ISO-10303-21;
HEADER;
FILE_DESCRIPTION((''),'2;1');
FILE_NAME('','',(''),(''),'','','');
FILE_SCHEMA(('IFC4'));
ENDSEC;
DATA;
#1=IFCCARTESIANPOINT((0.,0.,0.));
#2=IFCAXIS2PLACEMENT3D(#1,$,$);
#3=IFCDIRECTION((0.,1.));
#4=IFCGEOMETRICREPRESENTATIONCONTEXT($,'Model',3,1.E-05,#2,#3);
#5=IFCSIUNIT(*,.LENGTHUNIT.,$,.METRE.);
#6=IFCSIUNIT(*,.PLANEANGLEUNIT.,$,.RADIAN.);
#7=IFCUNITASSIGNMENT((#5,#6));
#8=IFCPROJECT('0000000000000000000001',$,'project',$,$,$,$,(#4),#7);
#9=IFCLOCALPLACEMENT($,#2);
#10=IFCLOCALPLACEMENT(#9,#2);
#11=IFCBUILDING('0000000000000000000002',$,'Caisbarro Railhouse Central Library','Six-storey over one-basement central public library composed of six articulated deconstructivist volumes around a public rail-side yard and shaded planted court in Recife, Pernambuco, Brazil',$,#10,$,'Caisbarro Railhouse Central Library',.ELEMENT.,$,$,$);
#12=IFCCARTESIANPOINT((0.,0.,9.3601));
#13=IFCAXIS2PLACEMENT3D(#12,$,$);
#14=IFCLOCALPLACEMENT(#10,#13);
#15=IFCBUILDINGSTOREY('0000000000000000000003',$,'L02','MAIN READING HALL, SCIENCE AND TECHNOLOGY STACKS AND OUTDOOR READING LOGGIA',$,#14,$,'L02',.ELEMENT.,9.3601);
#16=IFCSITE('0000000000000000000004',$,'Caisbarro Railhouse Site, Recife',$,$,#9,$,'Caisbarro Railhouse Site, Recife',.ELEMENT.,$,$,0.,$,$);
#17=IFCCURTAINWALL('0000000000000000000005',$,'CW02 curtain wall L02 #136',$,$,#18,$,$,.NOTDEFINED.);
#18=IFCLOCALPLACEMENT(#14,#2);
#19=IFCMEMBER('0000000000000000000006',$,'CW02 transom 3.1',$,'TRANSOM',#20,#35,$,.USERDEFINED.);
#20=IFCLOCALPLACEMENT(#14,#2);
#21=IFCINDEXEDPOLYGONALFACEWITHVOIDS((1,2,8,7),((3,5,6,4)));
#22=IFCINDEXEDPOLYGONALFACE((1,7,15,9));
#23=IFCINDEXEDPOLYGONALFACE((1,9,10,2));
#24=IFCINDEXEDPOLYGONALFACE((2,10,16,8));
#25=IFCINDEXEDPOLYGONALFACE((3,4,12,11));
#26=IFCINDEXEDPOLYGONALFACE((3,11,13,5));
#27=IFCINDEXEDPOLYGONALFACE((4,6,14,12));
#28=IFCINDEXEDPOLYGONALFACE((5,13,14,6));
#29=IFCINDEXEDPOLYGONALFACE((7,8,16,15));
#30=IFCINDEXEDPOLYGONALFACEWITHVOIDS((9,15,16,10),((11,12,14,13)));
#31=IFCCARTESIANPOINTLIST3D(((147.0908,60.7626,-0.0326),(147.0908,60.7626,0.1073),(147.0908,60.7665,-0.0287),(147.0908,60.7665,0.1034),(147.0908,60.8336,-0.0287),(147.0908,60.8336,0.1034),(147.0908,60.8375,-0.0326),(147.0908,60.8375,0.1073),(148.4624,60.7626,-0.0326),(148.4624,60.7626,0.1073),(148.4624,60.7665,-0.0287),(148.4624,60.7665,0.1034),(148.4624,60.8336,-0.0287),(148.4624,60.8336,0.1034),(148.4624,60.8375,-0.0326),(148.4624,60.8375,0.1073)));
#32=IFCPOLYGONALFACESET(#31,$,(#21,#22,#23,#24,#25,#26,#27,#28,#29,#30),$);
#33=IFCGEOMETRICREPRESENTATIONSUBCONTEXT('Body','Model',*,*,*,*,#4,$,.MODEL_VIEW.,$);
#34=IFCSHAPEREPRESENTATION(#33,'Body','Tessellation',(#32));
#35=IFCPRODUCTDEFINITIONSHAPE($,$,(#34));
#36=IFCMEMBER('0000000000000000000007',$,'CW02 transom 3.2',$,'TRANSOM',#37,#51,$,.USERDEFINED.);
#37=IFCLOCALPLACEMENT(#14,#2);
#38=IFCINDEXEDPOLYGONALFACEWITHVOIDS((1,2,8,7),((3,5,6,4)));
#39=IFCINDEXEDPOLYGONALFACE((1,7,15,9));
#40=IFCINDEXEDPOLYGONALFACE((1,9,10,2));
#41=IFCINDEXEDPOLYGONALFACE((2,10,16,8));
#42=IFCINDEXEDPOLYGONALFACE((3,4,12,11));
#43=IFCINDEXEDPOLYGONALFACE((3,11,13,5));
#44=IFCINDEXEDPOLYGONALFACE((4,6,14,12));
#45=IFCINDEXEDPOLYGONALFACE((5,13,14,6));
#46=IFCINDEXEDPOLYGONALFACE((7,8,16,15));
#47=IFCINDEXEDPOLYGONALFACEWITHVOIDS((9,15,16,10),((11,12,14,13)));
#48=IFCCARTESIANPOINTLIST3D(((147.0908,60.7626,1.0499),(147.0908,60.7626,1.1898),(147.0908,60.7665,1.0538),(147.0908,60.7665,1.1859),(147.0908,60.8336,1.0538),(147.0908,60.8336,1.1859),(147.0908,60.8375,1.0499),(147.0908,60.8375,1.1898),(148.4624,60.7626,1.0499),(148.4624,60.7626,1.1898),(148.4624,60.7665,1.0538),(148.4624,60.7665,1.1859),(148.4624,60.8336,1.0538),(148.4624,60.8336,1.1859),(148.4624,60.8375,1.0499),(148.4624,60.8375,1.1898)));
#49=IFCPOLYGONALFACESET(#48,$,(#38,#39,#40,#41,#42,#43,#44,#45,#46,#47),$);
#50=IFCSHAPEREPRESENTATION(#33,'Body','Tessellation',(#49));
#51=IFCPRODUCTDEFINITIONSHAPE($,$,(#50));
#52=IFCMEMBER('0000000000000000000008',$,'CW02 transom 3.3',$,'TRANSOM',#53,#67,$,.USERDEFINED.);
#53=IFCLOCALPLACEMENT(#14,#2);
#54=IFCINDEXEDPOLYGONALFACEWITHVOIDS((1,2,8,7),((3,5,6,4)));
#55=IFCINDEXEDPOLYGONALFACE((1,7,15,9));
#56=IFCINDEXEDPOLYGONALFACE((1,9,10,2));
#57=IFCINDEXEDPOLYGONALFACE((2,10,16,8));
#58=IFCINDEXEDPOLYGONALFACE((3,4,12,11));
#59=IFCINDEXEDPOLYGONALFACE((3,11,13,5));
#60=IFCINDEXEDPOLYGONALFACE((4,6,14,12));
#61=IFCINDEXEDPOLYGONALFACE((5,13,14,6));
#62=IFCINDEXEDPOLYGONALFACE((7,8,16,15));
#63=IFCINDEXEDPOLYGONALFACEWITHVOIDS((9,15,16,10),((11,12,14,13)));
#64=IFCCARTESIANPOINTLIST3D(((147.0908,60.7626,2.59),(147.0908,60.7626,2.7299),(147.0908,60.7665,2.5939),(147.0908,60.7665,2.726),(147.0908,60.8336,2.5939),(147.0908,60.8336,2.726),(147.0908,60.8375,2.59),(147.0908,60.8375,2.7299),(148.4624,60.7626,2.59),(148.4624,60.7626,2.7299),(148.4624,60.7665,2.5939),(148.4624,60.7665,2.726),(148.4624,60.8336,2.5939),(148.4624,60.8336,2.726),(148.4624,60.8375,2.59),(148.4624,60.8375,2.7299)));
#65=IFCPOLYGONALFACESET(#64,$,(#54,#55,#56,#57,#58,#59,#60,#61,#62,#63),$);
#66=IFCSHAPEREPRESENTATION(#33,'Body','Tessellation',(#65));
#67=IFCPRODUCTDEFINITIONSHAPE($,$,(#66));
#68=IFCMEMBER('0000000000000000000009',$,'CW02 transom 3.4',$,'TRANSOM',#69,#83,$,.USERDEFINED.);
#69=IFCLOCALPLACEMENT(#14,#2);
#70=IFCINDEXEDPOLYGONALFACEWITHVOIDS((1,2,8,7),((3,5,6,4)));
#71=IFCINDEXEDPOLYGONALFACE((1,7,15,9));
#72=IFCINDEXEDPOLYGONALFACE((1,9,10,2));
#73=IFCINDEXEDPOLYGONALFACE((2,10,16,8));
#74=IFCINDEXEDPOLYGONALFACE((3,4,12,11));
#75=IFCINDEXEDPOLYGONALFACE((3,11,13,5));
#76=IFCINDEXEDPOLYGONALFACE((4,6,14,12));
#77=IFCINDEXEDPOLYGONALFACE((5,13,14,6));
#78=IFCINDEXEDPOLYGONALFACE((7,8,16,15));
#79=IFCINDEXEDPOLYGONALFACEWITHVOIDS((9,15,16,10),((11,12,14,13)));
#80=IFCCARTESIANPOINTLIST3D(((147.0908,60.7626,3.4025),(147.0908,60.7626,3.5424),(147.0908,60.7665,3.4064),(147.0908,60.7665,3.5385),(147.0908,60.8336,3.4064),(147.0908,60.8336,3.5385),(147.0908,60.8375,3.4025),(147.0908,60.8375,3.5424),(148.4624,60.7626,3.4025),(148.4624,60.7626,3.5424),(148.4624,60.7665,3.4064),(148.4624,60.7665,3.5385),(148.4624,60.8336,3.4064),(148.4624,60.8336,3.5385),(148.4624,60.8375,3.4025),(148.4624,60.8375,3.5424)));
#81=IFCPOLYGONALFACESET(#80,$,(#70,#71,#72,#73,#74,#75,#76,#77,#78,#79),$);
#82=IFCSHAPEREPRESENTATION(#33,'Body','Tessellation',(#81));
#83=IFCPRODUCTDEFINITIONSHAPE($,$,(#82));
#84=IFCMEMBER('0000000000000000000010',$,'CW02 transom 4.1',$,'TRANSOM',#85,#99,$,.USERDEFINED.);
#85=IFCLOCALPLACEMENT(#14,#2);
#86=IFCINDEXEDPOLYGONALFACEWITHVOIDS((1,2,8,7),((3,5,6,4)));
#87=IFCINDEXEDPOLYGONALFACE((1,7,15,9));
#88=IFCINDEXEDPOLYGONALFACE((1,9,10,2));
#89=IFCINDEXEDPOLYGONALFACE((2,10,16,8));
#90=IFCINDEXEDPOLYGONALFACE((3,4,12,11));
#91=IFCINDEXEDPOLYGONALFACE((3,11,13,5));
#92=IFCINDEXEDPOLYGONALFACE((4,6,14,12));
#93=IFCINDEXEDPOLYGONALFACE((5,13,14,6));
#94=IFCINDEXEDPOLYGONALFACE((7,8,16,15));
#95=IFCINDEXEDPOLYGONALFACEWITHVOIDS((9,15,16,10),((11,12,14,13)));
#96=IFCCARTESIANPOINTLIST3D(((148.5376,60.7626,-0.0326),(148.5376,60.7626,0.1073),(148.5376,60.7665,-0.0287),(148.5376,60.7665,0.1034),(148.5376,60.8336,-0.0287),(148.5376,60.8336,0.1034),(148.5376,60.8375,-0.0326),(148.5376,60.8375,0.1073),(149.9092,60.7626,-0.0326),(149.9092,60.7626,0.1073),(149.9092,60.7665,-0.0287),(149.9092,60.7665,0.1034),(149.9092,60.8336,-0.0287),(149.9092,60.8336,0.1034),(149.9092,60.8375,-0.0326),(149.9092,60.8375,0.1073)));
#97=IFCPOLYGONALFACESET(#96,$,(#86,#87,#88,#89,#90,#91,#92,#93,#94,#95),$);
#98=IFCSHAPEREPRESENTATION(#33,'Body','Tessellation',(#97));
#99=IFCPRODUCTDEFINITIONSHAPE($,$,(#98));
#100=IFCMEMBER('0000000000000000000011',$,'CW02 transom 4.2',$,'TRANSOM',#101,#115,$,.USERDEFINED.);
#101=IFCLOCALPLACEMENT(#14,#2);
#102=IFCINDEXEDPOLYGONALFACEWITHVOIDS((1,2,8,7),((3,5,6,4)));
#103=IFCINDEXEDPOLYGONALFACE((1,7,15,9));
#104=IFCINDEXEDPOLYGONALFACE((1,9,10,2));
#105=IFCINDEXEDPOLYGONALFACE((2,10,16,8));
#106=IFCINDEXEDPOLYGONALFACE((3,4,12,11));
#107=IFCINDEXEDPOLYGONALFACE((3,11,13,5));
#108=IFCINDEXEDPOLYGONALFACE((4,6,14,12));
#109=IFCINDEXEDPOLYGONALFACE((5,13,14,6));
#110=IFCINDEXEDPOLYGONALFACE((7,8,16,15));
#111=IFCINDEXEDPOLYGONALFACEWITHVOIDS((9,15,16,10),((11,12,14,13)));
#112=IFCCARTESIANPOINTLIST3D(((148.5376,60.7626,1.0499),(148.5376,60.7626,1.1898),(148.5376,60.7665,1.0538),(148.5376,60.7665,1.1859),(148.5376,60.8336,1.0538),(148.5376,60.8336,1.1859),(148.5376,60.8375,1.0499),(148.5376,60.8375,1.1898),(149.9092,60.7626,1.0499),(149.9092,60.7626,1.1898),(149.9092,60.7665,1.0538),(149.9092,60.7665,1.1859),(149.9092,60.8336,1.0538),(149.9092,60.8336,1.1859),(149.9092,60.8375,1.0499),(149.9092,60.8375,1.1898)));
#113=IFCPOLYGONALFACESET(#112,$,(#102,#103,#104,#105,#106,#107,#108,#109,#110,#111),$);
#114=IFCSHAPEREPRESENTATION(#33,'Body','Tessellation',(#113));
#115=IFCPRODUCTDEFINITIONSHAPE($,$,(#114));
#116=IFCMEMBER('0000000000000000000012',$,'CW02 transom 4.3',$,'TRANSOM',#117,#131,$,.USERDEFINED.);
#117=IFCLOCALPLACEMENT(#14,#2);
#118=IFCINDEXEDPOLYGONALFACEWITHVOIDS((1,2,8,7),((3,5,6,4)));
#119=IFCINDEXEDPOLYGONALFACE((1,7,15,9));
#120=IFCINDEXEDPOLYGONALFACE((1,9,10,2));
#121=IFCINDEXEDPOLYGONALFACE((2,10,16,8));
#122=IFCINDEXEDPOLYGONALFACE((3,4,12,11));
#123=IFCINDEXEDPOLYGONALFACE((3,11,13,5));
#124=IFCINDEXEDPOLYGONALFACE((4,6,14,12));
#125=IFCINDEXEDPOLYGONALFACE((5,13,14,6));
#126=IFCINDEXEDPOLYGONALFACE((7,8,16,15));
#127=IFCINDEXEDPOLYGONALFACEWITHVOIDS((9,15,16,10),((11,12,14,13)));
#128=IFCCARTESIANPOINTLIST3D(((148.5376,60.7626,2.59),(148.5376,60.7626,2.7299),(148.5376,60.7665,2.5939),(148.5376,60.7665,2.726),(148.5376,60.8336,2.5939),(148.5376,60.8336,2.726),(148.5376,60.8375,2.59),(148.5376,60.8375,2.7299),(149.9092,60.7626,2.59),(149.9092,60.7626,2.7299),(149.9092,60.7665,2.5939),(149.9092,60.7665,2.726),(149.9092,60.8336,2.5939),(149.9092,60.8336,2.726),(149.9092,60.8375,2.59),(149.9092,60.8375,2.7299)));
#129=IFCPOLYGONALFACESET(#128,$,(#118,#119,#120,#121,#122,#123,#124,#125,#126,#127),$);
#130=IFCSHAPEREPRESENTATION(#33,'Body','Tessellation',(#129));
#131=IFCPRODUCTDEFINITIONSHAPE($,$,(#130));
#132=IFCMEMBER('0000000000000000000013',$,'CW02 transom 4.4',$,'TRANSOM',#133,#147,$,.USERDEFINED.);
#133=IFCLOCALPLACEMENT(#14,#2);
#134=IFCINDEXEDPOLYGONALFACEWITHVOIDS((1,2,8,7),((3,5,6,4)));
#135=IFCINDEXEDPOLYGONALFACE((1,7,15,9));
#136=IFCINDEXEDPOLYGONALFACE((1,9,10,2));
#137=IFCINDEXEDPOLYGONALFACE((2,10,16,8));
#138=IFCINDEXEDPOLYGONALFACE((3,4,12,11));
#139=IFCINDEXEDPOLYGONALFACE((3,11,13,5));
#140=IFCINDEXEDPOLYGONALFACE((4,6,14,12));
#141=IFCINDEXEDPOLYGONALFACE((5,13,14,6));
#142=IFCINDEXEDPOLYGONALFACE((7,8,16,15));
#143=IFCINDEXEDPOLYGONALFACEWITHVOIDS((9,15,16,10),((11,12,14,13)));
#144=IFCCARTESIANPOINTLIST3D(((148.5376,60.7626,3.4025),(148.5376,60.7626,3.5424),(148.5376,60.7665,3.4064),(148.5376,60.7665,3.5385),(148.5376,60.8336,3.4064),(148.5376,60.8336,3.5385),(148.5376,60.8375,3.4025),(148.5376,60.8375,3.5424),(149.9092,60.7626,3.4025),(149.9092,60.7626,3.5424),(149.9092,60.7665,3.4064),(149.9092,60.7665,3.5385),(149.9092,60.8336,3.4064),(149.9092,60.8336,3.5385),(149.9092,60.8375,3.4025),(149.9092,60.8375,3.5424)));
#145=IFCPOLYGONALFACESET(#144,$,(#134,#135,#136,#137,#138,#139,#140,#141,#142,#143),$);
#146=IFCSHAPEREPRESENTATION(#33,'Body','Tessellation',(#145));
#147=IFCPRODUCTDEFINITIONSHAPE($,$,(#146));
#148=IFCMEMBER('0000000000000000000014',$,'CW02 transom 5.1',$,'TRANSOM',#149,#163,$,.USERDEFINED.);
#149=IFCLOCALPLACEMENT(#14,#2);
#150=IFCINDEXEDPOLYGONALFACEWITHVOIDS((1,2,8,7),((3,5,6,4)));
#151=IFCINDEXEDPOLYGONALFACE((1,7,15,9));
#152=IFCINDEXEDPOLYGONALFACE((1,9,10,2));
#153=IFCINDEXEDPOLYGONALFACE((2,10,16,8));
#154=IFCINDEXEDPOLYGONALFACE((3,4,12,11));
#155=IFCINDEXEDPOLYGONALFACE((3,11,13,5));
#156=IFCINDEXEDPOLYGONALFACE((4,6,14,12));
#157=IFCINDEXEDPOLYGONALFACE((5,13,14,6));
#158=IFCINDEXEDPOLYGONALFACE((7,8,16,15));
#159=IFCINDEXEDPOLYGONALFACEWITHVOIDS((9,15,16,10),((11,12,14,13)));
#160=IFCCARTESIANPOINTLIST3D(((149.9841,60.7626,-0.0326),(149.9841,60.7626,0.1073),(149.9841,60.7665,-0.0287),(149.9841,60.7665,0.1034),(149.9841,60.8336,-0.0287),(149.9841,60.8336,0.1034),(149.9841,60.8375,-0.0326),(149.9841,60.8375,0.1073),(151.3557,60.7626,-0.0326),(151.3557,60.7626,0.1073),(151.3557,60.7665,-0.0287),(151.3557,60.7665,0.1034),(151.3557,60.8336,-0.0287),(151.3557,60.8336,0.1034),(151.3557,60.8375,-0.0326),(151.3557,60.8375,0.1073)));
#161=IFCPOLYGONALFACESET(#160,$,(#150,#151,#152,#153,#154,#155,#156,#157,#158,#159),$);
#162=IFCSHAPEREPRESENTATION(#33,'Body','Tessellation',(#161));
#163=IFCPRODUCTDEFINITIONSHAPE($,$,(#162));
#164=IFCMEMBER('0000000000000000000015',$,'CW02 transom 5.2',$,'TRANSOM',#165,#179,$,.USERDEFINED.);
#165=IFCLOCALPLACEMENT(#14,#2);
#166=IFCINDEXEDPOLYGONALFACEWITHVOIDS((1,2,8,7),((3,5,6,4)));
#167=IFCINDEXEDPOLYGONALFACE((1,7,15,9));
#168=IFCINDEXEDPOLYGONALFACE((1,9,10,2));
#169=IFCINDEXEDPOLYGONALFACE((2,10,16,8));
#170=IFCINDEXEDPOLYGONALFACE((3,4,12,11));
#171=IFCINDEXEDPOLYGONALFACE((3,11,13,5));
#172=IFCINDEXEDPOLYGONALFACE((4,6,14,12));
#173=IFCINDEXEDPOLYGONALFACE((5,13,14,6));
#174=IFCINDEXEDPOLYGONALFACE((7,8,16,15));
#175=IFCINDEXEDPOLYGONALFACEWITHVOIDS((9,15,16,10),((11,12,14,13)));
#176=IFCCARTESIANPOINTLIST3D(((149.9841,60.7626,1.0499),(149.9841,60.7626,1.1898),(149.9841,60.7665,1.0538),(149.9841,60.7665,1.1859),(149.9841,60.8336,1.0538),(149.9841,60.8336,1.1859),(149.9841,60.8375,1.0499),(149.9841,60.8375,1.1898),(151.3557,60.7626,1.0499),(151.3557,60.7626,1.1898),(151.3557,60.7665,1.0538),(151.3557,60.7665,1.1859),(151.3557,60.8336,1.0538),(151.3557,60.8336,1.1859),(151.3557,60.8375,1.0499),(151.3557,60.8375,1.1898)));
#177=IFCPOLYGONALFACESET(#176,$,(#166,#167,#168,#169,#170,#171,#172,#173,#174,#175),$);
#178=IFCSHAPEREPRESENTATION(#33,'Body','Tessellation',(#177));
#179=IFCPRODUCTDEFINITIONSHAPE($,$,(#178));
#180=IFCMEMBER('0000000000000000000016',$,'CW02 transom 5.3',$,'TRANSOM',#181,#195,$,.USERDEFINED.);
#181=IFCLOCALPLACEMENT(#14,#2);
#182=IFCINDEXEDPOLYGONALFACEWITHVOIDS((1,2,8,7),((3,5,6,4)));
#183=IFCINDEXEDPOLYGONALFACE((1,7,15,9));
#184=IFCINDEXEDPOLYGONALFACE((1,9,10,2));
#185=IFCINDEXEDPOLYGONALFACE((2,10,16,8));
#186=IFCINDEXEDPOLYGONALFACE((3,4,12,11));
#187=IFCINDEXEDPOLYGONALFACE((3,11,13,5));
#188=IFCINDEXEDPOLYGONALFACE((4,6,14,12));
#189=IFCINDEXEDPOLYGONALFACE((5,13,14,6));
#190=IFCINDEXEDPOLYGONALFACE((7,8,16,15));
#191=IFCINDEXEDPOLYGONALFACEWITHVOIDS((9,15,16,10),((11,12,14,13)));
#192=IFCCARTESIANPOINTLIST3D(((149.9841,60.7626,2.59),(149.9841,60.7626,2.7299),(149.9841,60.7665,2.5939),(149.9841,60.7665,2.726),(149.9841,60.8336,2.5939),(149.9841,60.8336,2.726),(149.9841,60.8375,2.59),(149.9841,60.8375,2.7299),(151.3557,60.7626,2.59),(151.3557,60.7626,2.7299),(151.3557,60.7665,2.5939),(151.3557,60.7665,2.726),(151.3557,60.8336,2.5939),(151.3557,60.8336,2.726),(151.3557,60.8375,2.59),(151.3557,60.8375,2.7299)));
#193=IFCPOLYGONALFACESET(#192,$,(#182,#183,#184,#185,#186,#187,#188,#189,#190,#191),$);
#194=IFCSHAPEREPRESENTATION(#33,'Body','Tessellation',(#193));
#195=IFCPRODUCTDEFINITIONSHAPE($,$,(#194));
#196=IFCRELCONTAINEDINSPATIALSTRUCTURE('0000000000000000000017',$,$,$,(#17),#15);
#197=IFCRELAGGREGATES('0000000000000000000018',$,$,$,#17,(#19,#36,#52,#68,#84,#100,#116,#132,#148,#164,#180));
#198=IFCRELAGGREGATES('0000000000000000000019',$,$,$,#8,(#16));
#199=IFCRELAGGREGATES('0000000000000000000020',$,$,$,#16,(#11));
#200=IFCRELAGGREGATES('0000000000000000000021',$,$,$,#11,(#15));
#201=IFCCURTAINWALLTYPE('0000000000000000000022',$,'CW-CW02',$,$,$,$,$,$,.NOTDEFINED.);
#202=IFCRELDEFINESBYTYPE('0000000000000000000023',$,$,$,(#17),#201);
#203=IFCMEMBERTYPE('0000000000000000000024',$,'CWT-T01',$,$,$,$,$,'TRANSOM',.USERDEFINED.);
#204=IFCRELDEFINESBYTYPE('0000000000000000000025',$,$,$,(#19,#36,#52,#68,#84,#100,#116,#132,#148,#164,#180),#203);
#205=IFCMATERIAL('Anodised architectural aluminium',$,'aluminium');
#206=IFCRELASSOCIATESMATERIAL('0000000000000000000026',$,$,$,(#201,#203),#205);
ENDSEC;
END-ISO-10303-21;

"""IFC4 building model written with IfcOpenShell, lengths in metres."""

from ifc_helpers import new_model, si_unit, direction, frame, origin, origin_2d, place, context, subcontext, project, spatial, hollow_rectangle, extrude, material, material_profile, profile_set, type_object, element, aggregate, save


model = new_model("IFC4")

# Units and contexts
model_context = context("Model", 3, precision=1e-05, world=origin(), true_north=direction((0.0, 1.0)))
body_context = subcontext(model_context, "Body", "Model", "MODEL_VIEW")
ifc_project = project(units=[si_unit("LENGTHUNIT", "METRE"), si_unit("PLANEANGLEUNIT", "RADIAN")], contexts=[model_context])

# Site, building, storey
site_placement = place(None, origin())
site = spatial("IfcSite", under=ifc_project, at=site_placement, Name="Caisbarro Railhouse Site, Recife", LongName="Caisbarro Railhouse Site, Recife", CompositionType="ELEMENT", RefElevation=0.0)
building_placement = place(site_placement, origin())
building = spatial("IfcBuilding", under=site, at=building_placement, Name="Caisbarro Railhouse Central Library", Description="Six-storey over one-basement central public library composed of six articulated deconstructivist volumes around a public rail-side yard and shaded planted court in Recife, Pernambuco, Brazil", LongName="Caisbarro Railhouse Central Library", CompositionType="ELEMENT")
storey_placement = place(building_placement, frame((0.0, 0.0, 9.3601)))
storey = spatial("IfcBuildingStorey", under=building, at=storey_placement, Name="L02", Description="MAIN READING HALL, SCIENCE AND TECHNOLOGY STACKS AND OUTDOOR READING LOGGIA", LongName="L02", CompositionType="ELEMENT", Elevation=9.3601)

# Curtain wall, members
ifc_material_1 = material(Name="Anodised architectural aluminium", Category="aluminium")
curtain_wall_type = type_object("IfcCurtainWallType", Name="CW-CW02", PredefinedType="NOTDEFINED", material=ifc_material_1)
curtain_wall_placement = place(storey_placement, origin())
curtain_wall = element("IfcCurtainWall", 1, at=curtain_wall_placement, inside=storey, type_object=curtain_wall_type, Name="CW02 curtain wall L02 #136", PredefinedType="NOTDEFINED")
ifc_material_profile_1 = material_profile(ifc_material_1, hollow_rectangle(XDim=0.075, YDim=0.1399, WallThickness=0.0039, at=origin_2d()), Name="ALU-TRN-75X140")
ifc_profile_set_1 = profile_set([ifc_material_profile_1], Name="Anodised architectural aluminium")
member_type_1 = type_object("IfcMemberType", Name="CWT-T01", ElementType="TRANSOM", PredefinedType="USERDEFINED", material=ifc_profile_set_1)
member_1_placement = place(storey_placement, frame((147.0908, 60.8, 0.0374), z_axis=(1.0, 0.0, 0.0), x_axis=(0.0, 1.0, 0.0)))
member_1 = element("IfcMember", 2, at=member_1_placement, type_object=member_type_1, Name="CW02 transom 3.1", ObjectType="TRANSOM", PredefinedType="USERDEFINED", context=body_context, shape_type="SweptSolid", body=[
    extrude(hollow_rectangle(XDim=0.075, YDim=0.1399, WallThickness=0.0039, at=origin_2d()), origin(), (0.0, 0.0, 1.0), 1.3716),
])
member_2_placement = place(storey_placement, frame((147.0908, 60.8, 1.1199), z_axis=(1.0, 0.0, 0.0), x_axis=(0.0, 1.0, 0.0)))
member_2 = element("IfcMember", 3, at=member_2_placement, type_object=member_type_1, Name="CW02 transom 3.2", ObjectType="TRANSOM", PredefinedType="USERDEFINED", context=body_context, shape_type="SweptSolid", body=[
    extrude(hollow_rectangle(XDim=0.075, YDim=0.1399, WallThickness=0.0039, at=origin_2d()), origin(), (0.0, 0.0, 1.0), 1.3716),
])
member_3_placement = place(storey_placement, frame((147.0908, 60.8, 2.6599), z_axis=(1.0, 0.0, 0.0), x_axis=(0.0, 1.0, 0.0)))
member_3 = element("IfcMember", 4, at=member_3_placement, type_object=member_type_1, Name="CW02 transom 3.3", ObjectType="TRANSOM", PredefinedType="USERDEFINED", context=body_context, shape_type="SweptSolid", body=[
    extrude(hollow_rectangle(XDim=0.075, YDim=0.1399, WallThickness=0.0039, at=origin_2d()), origin(), (0.0, 0.0, 1.0), 1.3716),
])
member_4_placement = place(storey_placement, frame((147.0908, 60.8, 3.4724), z_axis=(1.0, 0.0, 0.0), x_axis=(0.0, 1.0, 0.0)))
member_4 = element("IfcMember", 5, at=member_4_placement, type_object=member_type_1, Name="CW02 transom 3.4", ObjectType="TRANSOM", PredefinedType="USERDEFINED", context=body_context, shape_type="SweptSolid", body=[
    extrude(hollow_rectangle(XDim=0.075, YDim=0.1399, WallThickness=0.0039, at=origin_2d()), origin(), (0.0, 0.0, 1.0), 1.3716),
])
member_5_placement = place(storey_placement, frame((148.5376, 60.8, 0.0374), z_axis=(1.0, 0.0, 0.0), x_axis=(0.0, 1.0, 0.0)))
member_5 = element("IfcMember", 6, at=member_5_placement, type_object=member_type_1, Name="CW02 transom 4.1", ObjectType="TRANSOM", PredefinedType="USERDEFINED", context=body_context, shape_type="SweptSolid", body=[
    extrude(hollow_rectangle(XDim=0.075, YDim=0.1399, WallThickness=0.0039, at=origin_2d()), origin(), (0.0, 0.0, 1.0), 1.3716),
])
member_6_placement = place(storey_placement, frame((148.5376, 60.8, 1.1199), z_axis=(1.0, 0.0, 0.0), x_axis=(0.0, 1.0, 0.0)))
member_6 = element("IfcMember", 7, at=member_6_placement, type_object=member_type_1, Name="CW02 transom 4.2", ObjectType="TRANSOM", PredefinedType="USERDEFINED", context=body_context, shape_type="SweptSolid", body=[
    extrude(hollow_rectangle(XDim=0.075, YDim=0.1399, WallThickness=0.0039, at=origin_2d()), origin(), (0.0, 0.0, 1.0), 1.3716),
])
member_7_placement = place(storey_placement, frame((148.5376, 60.8, 2.6599), z_axis=(1.0, 0.0, 0.0), x_axis=(0.0, 1.0, 0.0)))
member_7 = element("IfcMember", 8, at=member_7_placement, type_object=member_type_1, Name="CW02 transom 4.3", ObjectType="TRANSOM", PredefinedType="USERDEFINED", context=body_context, shape_type="SweptSolid", body=[
    extrude(hollow_rectangle(XDim=0.075, YDim=0.1399, WallThickness=0.0039, at=origin_2d()), origin(), (0.0, 0.0, 1.0), 1.3716),
])
member_8_placement = place(storey_placement, frame((148.5376, 60.8, 3.4724), z_axis=(1.0, 0.0, 0.0), x_axis=(0.0, 1.0, 0.0)))
member_8 = element("IfcMember", 9, at=member_8_placement, type_object=member_type_1, Name="CW02 transom 4.4", ObjectType="TRANSOM", PredefinedType="USERDEFINED", context=body_context, shape_type="SweptSolid", body=[
    extrude(hollow_rectangle(XDim=0.075, YDim=0.1399, WallThickness=0.0039, at=origin_2d()), origin(), (0.0, 0.0, 1.0), 1.3716),
])
member_9_placement = place(storey_placement, frame((149.9841, 60.8, 0.0374), z_axis=(1.0, 0.0, 0.0), x_axis=(0.0, 1.0, 0.0)))
member_9 = element("IfcMember", 10, at=member_9_placement, type_object=member_type_1, Name="CW02 transom 5.1", ObjectType="TRANSOM", PredefinedType="USERDEFINED", context=body_context, shape_type="SweptSolid", body=[
    extrude(hollow_rectangle(XDim=0.075, YDim=0.1399, WallThickness=0.0039, at=origin_2d()), origin(), (0.0, 0.0, 1.0), 1.3716),
])
member_10_placement = place(storey_placement, frame((149.9841, 60.8, 1.1199), z_axis=(1.0, 0.0, 0.0), x_axis=(0.0, 1.0, 0.0)))
member_10 = element("IfcMember", 11, at=member_10_placement, type_object=member_type_1, Name="CW02 transom 5.2", ObjectType="TRANSOM", PredefinedType="USERDEFINED", context=body_context, shape_type="SweptSolid", body=[
    extrude(hollow_rectangle(XDim=0.075, YDim=0.1399, WallThickness=0.0039, at=origin_2d()), origin(), (0.0, 0.0, 1.0), 1.3716),
])
member_11_placement = place(storey_placement, frame((149.9841, 60.8, 2.6599), z_axis=(1.0, 0.0, 0.0), x_axis=(0.0, 1.0, 0.0)))
member_11 = element("IfcMember", 12, at=member_11_placement, type_object=member_type_1, Name="CW02 transom 5.3", ObjectType="TRANSOM", PredefinedType="USERDEFINED", context=body_context, shape_type="SweptSolid", body=[
    extrude(hollow_rectangle(XDim=0.075, YDim=0.1399, WallThickness=0.0039, at=origin_2d()), origin(), (0.0, 0.0, 1.0), 1.3716),
])
aggregate(curtain_wall, [member_1, member_2, member_3, member_4, member_5, member_6, member_7, member_8, member_9, member_10, member_11])

save(model, "model.ifc")
